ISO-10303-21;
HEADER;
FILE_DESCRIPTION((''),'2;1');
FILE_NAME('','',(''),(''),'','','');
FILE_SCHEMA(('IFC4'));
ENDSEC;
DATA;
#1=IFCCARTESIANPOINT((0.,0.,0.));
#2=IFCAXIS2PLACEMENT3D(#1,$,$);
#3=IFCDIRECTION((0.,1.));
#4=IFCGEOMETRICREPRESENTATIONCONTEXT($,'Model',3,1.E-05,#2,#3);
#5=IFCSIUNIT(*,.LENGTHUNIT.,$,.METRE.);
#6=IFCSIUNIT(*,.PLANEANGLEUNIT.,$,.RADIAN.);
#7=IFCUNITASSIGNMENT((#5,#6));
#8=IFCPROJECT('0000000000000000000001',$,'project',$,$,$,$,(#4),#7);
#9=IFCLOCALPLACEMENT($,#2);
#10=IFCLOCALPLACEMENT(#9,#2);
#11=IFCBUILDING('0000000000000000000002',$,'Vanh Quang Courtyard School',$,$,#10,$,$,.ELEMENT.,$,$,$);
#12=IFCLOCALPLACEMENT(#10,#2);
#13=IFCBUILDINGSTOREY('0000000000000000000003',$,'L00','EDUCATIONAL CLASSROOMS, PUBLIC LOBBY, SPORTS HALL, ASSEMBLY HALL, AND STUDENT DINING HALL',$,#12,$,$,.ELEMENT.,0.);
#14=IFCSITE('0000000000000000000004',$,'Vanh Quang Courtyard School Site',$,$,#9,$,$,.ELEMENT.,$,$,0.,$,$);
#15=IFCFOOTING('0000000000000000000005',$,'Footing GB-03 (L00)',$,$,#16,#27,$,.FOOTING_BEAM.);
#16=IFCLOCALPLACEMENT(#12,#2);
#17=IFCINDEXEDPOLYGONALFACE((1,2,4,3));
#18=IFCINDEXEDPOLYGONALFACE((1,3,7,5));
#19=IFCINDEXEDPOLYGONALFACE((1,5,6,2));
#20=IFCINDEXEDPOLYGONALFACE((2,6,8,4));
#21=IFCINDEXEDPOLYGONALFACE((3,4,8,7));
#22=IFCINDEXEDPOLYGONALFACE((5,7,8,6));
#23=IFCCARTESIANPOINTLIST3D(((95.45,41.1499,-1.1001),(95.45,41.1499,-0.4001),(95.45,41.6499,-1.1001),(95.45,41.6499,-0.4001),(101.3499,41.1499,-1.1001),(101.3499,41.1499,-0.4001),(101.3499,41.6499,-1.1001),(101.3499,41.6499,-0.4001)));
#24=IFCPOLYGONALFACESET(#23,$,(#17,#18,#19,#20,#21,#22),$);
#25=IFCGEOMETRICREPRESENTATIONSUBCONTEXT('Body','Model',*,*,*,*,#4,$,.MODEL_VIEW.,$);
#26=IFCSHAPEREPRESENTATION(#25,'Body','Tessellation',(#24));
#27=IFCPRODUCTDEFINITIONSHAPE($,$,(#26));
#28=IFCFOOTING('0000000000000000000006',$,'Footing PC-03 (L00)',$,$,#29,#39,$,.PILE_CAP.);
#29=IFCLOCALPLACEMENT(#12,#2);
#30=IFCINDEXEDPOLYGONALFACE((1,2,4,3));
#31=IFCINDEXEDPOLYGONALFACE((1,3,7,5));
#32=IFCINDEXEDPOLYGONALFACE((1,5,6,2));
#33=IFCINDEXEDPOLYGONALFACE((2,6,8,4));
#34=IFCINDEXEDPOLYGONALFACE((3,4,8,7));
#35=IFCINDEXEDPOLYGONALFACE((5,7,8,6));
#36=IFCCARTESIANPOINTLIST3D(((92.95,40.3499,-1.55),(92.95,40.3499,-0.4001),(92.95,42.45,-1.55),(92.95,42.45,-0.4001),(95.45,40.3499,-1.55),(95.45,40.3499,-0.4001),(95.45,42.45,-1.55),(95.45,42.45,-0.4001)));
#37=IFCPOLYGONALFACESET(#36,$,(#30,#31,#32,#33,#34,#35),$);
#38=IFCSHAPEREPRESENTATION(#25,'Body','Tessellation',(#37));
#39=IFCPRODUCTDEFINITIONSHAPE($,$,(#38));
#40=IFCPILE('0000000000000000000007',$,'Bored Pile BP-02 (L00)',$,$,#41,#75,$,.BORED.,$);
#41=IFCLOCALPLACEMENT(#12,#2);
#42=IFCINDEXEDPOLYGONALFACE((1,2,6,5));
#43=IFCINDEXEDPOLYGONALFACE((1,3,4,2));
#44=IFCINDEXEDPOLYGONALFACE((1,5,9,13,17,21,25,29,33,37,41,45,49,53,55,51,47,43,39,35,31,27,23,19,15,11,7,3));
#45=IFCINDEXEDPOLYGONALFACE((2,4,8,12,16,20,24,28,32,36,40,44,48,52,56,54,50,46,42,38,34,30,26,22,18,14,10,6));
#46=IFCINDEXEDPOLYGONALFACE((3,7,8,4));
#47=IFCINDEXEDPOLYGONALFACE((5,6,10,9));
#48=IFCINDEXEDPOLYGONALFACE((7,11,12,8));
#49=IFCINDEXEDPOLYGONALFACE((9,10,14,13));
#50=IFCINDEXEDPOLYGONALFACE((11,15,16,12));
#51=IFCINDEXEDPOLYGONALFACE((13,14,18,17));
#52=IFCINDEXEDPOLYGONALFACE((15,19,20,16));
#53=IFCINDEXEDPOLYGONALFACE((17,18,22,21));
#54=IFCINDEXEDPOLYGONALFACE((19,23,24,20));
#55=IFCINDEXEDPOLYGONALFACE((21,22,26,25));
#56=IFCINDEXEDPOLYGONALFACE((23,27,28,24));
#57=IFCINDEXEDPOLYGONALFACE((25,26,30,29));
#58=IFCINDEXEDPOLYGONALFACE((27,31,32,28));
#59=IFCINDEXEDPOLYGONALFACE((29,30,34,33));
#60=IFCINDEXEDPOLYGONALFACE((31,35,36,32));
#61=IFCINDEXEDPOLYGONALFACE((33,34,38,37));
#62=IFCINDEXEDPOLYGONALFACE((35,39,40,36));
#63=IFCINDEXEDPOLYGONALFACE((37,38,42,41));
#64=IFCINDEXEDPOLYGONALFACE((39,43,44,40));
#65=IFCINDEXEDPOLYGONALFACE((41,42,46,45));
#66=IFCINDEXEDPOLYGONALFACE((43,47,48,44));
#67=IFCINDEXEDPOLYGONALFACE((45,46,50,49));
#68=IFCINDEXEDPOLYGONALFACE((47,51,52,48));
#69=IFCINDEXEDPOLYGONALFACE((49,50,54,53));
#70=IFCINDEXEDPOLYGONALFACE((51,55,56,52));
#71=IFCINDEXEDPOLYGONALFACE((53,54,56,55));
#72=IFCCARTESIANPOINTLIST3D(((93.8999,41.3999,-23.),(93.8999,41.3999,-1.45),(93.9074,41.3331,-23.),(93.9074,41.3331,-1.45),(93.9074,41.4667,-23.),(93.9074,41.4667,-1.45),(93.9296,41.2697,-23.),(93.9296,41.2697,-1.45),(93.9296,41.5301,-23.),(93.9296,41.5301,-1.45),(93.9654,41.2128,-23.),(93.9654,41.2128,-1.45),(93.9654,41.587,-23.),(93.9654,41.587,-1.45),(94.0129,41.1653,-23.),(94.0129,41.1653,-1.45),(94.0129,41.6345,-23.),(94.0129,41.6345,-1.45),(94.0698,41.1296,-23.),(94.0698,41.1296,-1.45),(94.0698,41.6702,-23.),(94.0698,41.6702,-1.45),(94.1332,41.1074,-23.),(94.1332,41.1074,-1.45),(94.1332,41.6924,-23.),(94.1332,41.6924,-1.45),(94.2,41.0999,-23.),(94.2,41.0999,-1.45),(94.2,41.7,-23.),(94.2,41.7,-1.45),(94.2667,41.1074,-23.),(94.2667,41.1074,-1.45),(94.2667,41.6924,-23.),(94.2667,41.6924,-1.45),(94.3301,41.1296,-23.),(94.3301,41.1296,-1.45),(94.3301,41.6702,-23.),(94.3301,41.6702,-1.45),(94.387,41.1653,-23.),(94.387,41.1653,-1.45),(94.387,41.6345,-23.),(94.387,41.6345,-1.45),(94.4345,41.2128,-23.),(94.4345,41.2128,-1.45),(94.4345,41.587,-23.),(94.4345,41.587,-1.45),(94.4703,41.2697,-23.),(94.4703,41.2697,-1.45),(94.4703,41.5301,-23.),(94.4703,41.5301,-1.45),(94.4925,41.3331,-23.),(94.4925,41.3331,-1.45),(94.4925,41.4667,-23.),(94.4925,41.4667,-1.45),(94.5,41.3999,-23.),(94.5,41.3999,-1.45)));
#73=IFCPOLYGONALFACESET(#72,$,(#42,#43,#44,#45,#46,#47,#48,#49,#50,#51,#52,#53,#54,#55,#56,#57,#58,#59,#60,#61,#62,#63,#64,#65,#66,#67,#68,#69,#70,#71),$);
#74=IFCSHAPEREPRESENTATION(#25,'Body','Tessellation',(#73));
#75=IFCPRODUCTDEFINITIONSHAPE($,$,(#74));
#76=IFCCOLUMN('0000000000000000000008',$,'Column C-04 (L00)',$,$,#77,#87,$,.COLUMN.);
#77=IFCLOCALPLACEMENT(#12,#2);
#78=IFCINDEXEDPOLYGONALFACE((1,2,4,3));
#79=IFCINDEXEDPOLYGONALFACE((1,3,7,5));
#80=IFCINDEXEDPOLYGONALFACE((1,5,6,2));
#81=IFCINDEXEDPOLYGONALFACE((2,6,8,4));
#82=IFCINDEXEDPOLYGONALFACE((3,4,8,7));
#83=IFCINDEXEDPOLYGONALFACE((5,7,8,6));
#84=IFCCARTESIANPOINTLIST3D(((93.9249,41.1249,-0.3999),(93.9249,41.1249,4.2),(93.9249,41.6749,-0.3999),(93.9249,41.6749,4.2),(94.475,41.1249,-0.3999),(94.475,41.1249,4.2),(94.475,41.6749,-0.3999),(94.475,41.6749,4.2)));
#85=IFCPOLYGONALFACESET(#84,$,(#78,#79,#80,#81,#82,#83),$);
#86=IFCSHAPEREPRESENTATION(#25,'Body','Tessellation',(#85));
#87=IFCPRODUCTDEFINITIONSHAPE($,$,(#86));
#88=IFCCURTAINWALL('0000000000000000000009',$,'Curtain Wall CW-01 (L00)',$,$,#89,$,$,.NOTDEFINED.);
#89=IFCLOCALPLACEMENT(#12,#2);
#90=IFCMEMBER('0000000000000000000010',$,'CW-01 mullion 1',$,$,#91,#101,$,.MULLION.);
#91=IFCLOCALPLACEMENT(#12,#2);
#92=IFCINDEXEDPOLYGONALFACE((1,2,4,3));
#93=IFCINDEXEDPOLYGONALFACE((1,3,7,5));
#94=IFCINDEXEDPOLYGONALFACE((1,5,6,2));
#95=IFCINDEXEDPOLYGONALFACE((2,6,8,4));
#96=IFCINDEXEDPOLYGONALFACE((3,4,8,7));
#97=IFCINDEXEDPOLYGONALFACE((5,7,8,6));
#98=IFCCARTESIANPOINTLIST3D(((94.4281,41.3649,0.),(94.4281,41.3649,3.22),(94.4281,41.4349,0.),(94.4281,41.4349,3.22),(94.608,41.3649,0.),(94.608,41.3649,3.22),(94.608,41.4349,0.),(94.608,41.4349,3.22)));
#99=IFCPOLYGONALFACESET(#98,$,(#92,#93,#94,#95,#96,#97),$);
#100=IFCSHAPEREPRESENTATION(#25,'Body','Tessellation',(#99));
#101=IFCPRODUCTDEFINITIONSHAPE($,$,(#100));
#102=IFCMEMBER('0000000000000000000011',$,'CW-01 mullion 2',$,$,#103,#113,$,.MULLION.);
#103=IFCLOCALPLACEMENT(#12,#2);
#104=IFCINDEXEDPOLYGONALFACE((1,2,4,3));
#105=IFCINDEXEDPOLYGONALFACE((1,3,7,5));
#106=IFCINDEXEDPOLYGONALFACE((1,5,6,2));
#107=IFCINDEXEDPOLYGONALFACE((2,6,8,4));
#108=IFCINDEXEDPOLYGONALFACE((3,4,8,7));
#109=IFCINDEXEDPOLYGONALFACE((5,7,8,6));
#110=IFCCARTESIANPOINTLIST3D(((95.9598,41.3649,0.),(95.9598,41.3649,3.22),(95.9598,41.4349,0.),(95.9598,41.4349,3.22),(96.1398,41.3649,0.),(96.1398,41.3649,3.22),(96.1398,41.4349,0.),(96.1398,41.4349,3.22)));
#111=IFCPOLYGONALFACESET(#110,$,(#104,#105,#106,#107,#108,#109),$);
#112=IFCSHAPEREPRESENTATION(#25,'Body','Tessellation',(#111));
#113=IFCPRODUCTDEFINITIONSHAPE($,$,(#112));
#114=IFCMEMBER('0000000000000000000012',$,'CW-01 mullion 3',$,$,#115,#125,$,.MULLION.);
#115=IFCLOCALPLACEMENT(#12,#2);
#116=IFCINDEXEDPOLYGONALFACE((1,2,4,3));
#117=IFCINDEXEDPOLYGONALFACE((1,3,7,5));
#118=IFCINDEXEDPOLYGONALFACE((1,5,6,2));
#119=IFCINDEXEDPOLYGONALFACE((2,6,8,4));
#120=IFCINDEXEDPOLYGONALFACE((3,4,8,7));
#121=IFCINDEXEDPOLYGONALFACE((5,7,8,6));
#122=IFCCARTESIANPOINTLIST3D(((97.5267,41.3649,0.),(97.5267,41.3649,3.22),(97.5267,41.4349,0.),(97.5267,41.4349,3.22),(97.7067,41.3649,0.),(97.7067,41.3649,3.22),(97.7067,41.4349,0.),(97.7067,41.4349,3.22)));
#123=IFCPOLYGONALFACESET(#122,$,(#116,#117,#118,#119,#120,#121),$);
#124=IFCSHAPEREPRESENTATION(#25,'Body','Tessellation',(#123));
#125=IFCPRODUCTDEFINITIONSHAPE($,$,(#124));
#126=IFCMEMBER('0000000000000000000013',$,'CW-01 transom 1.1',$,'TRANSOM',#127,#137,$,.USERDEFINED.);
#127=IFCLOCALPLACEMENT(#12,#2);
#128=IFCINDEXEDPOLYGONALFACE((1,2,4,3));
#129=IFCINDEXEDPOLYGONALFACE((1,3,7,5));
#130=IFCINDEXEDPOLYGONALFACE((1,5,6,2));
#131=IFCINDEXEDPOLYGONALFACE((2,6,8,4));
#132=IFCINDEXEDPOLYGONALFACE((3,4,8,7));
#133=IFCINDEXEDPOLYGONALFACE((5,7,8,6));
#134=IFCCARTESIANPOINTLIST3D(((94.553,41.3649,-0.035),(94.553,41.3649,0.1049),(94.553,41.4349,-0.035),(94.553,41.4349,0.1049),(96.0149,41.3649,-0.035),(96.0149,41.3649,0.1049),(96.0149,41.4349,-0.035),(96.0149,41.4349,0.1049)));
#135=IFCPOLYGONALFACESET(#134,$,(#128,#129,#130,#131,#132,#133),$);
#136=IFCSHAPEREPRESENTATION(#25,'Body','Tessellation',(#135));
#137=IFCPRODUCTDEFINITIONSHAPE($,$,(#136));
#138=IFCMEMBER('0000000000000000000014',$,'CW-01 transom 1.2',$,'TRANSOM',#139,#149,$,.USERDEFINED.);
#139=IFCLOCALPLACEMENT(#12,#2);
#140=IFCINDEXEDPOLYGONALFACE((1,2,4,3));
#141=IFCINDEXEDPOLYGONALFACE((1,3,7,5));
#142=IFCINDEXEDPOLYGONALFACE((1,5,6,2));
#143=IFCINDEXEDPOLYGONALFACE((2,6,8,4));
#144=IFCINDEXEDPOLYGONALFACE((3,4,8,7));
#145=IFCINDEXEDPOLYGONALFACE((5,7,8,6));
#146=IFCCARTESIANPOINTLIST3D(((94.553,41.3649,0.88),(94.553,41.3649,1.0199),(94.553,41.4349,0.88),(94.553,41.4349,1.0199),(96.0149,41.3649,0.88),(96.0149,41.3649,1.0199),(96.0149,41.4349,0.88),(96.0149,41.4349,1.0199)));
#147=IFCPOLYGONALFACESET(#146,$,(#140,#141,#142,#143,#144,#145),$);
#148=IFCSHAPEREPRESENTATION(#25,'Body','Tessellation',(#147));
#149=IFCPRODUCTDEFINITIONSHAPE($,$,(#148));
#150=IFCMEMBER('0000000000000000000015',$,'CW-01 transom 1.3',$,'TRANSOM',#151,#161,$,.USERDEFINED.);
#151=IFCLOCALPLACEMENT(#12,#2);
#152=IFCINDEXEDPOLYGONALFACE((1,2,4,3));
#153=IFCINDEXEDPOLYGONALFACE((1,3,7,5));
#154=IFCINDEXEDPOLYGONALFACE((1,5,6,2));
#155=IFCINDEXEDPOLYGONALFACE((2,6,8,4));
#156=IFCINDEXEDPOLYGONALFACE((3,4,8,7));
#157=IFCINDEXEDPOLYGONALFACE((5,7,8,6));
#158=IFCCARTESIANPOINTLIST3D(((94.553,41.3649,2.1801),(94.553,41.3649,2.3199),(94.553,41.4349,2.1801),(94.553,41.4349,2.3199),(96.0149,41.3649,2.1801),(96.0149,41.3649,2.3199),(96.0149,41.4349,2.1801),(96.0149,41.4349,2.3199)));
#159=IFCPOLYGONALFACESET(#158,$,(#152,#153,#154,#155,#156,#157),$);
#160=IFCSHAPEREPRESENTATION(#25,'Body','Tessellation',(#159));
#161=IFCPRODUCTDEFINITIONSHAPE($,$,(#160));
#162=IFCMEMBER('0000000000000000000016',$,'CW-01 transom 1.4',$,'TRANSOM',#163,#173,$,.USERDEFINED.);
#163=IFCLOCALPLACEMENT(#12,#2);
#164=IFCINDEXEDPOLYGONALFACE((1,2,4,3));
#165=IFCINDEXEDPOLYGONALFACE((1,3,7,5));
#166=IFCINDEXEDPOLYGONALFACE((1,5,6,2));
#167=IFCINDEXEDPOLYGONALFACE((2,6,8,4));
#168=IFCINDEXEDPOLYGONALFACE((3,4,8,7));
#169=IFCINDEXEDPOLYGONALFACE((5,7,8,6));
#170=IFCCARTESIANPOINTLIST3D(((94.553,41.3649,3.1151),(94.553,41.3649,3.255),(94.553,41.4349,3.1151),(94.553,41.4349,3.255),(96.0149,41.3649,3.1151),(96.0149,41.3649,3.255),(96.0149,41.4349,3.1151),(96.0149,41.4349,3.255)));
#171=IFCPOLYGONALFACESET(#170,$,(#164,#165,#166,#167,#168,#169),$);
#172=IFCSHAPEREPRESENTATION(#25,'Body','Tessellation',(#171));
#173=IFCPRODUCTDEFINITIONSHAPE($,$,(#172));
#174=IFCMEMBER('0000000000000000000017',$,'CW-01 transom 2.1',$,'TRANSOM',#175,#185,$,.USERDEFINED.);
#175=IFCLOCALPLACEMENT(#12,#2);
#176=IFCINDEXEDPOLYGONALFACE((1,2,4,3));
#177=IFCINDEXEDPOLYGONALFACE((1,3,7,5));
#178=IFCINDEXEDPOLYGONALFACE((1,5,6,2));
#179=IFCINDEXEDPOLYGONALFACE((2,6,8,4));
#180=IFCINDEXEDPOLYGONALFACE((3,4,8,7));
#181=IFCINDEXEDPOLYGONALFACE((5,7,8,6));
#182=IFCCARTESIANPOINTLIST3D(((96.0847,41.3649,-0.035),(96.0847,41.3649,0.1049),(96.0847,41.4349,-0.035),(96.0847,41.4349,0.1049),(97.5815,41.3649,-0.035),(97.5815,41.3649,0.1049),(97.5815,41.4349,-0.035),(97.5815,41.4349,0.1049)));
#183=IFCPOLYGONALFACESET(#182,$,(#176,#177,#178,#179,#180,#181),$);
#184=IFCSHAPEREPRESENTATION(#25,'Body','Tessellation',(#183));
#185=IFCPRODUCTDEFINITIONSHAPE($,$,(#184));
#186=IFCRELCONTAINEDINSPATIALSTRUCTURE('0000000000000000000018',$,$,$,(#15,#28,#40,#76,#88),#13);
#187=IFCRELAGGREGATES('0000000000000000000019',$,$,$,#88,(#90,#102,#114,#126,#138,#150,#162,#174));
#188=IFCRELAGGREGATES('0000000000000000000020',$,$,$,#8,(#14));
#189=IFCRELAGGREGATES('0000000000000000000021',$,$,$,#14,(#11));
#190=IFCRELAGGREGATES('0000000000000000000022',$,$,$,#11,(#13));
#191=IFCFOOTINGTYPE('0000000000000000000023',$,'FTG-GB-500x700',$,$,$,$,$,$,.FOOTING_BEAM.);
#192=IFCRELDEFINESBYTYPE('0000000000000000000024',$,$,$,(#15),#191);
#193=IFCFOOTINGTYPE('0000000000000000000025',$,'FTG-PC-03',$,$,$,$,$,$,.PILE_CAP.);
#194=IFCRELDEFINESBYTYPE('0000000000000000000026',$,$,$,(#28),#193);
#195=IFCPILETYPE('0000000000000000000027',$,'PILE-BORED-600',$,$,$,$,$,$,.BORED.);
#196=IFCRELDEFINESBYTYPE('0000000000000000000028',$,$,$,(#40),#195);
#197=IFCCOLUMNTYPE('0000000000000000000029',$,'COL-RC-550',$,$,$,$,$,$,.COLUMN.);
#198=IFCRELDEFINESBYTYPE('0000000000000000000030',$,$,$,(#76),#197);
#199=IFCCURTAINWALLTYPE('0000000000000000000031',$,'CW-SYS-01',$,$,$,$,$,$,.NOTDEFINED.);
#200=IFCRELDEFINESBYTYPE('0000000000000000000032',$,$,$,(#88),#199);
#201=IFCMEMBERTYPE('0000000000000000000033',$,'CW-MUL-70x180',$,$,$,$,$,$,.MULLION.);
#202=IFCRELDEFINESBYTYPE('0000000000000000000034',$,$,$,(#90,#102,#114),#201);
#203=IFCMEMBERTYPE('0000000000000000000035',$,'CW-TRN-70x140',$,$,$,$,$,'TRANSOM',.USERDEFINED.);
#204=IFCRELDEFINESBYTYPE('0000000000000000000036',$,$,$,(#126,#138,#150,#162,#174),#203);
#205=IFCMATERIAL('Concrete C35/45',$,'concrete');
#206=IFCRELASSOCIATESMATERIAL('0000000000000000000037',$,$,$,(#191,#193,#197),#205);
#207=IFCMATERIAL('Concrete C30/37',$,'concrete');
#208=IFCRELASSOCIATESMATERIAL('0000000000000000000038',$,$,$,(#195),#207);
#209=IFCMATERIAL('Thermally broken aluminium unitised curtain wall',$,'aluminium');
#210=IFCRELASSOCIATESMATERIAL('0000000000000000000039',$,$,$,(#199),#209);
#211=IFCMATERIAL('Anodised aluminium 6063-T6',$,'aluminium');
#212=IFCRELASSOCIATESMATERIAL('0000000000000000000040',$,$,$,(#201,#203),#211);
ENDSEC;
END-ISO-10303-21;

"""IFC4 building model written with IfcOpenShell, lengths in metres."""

from ifc_helpers import new_model, si_unit, direction, frame, origin, origin_2d, place, context, subcontext, project, spatial, rectangle, circle, extrude, material, material_profile, profile_set, type_object, element, aggregate, save


model = new_model("IFC4")

# Units and contexts
model_context = context("Model", 3, precision=1e-05, world=origin(), true_north=direction((0.0, 1.0)))
body_context = subcontext(model_context, "Body", "Model", "MODEL_VIEW")
ifc_project = project(units=[si_unit("LENGTHUNIT", "METRE"), si_unit("PLANEANGLEUNIT", "RADIAN")], contexts=[model_context])

# Site, building, storey
site_placement = place(None, origin())
site = spatial("IfcSite", under=ifc_project, at=site_placement, Name="Vanh Quang Courtyard School Site", CompositionType="ELEMENT", RefElevation=0.0)
building_placement = place(site_placement, origin())
building = spatial("IfcBuilding", under=site, at=building_placement, Name="Vanh Quang Courtyard School", CompositionType="ELEMENT")
storey_placement = place(building_placement, origin())
storey = spatial("IfcBuildingStorey", under=building, at=storey_placement, Name="L00", Description="EDUCATIONAL CLASSROOMS, PUBLIC LOBBY, SPORTS HALL, ASSEMBLY HALL, AND STUDENT DINING HALL", CompositionType="ELEMENT", Elevation=0.0)

# Footings
ifc_material_1 = material(Name="Concrete C35/45", Category="concrete")
footing_type_1 = type_object("IfcFootingType", Name="FTG-GB-500x700", PredefinedType="FOOTING_BEAM", material=ifc_material_1)
footing_1_placement = place(storey_placement, frame((98.3999, 41.3999, -1.1001), z_axis=(0.0, 0.0, 1.0), x_axis=(1.0, 0.0, 0.0)))
element("IfcFooting", 1, at=footing_1_placement, inside=storey, type_object=footing_type_1, Name="Footing GB-03 (L00)", PredefinedType="FOOTING_BEAM", context=body_context, shape_type="SweptSolid", body=[
    extrude(rectangle(XDim=5.8999, YDim=0.5, at=origin_2d()), origin(), (0.0, 0.0, 1.0), 0.7),
])
footing_type_2 = type_object("IfcFootingType", Name="FTG-PC-03", PredefinedType="PILE_CAP", material=ifc_material_1)
footing_2_placement = place(storey_placement, frame((94.2, 41.3999, -1.55), z_axis=(0.0, 0.0, 1.0), x_axis=(1.0, 0.0, 0.0)))
element("IfcFooting", 2, at=footing_2_placement, inside=storey, type_object=footing_type_2, Name="Footing PC-03 (L00)", PredefinedType="PILE_CAP", context=body_context, shape_type="SweptSolid", body=[
    extrude(rectangle(XDim=2.5, YDim=2.1001, at=origin_2d()), origin(), (0.0, 0.0, 1.0), 1.1499),
])

# Pile
ifc_material_2 = material(Name="Concrete C30/37", Category="concrete")
ifc_material_profile_1 = material_profile(ifc_material_2, circle(Radius=0.3, at=origin_2d()), Name="PILE D600")
ifc_profile_set_1 = profile_set([ifc_material_profile_1], Name="Concrete C30/37")
pile_type = type_object("IfcPileType", Name="PILE-BORED-600", PredefinedType="BORED", material=ifc_profile_set_1)
pile_placement = place(storey_placement, frame((94.2, 41.3999, -1.45), z_axis=(0.0, 0.0, -1.0), x_axis=(1.0, 0.0, 0.0)))
element("IfcPile", 3, at=pile_placement, inside=storey, type_object=pile_type, Name="Bored Pile BP-02 (L00)", PredefinedType="BORED", context=body_context, shape_type="SweptSolid", body=[
    extrude(circle(Radius=0.3, at=origin_2d()), origin(), (0.0, 0.0, 1.0), 21.55),
])

# Column
ifc_material_profile_2 = material_profile(ifc_material_1, rectangle(XDim=0.55, YDim=0.55, at=origin_2d()), Name="RC-COL 550x550")
ifc_profile_set_2 = profile_set([ifc_material_profile_2], Name="Concrete C35/45")
column_type = type_object("IfcColumnType", Name="COL-RC-550", PredefinedType="COLUMN", material=ifc_profile_set_2)
column_placement = place(storey_placement, frame((94.2, 41.3999, -0.3999), z_axis=(0.0, 0.0, 1.0), x_axis=(1.0, 0.0, 0.0)))
element("IfcColumn", 4, at=column_placement, inside=storey, type_object=column_type, Name="Column C-04 (L00)", PredefinedType="COLUMN", context=body_context, shape_type="SweptSolid", body=[
    extrude(rectangle(XDim=0.55, YDim=0.55, at=origin_2d()), origin(), (0.0, 0.0, 1.0), 4.5999),
])

# Curtain wall, members
ifc_material_3 = material(Name="Thermally broken aluminium unitised curtain wall", Category="aluminium")
curtain_wall_type = type_object("IfcCurtainWallType", Name="CW-SYS-01", PredefinedType="NOTDEFINED", material=ifc_material_3)
curtain_wall_placement = place(storey_placement, origin())
curtain_wall = element("IfcCurtainWall", 5, at=curtain_wall_placement, inside=storey, type_object=curtain_wall_type, Name="Curtain Wall CW-01 (L00)", PredefinedType="NOTDEFINED")
ifc_material_4 = material(Name="Anodised aluminium 6063-T6", Category="aluminium")
ifc_material_profile_3 = material_profile(ifc_material_4, rectangle(XDim=0.0701, YDim=0.1799, at=origin_2d()), Name="ALU-MUL 70x180")
ifc_profile_set_3 = profile_set([ifc_material_profile_3], Name="Anodised aluminium 6063-T6")
member_type_1 = type_object("IfcMemberType", Name="CW-MUL-70x180", PredefinedType="MULLION", material=ifc_profile_set_3)
member_1_placement = place(storey_placement, frame((94.5181, 41.3999, 0.0), z_axis=(0.0, 0.0, 1.0), x_axis=(0.0, 1.0, 0.0)))
member_1 = element("IfcMember", 6, at=member_1_placement, type_object=member_type_1, Name="CW-01 mullion 1", PredefinedType="MULLION", context=body_context, shape_type="SweptSolid", body=[
    extrude(rectangle(XDim=0.0701, YDim=0.1799, at=origin_2d()), origin(), (0.0, 0.0, 1.0), 3.22),
])
member_2_placement = place(storey_placement, frame((96.0498, 41.3999, 0.0), z_axis=(0.0, 0.0, 1.0), x_axis=(0.0, 1.0, 0.0)))
member_2 = element("IfcMember", 7, at=member_2_placement, type_object=member_type_1, Name="CW-01 mullion 2", PredefinedType="MULLION", context=body_context, shape_type="SweptSolid", body=[
    extrude(rectangle(XDim=0.0701, YDim=0.1799, at=origin_2d()), origin(), (0.0, 0.0, 1.0), 3.22),
])
member_3_placement = place(storey_placement, frame((97.6167, 41.3999, 0.0), z_axis=(0.0, 0.0, 1.0), x_axis=(0.0, 1.0, 0.0)))
member_3 = element("IfcMember", 8, at=member_3_placement, type_object=member_type_1, Name="CW-01 mullion 3", PredefinedType="MULLION", context=body_context, shape_type="SweptSolid", body=[
    extrude(rectangle(XDim=0.0701, YDim=0.1799, at=origin_2d()), origin(), (0.0, 0.0, 1.0), 3.22),
])
ifc_material_profile_4 = material_profile(ifc_material_4, rectangle(XDim=0.0701, YDim=0.1399, at=origin_2d()), Name="ALU-TRN 70x140")
ifc_profile_set_4 = profile_set([ifc_material_profile_4], Name="Anodised aluminium 6063-T6")
member_type_2 = type_object("IfcMemberType", Name="CW-TRN-70x140", ElementType="TRANSOM", PredefinedType="USERDEFINED", material=ifc_profile_set_4)
member_4_placement = place(storey_placement, frame((94.553, 41.3999, 0.0349), z_axis=(1.0, 0.0, 0.0), x_axis=(0.0, 1.0, 0.0)))
member_4 = element("IfcMember", 9, at=member_4_placement, type_object=member_type_2, Name="CW-01 transom 1.1", ObjectType="TRANSOM", PredefinedType="USERDEFINED", context=body_context, shape_type="SweptSolid", body=[
    extrude(rectangle(XDim=0.0701, YDim=0.1399, at=origin_2d()), origin(), (0.0, 0.0, 1.0), 1.4619),
])
member_5_placement = place(storey_placement, frame((94.553, 41.3999, 0.95), z_axis=(1.0, 0.0, 0.0), x_axis=(0.0, 1.0, 0.0)))
member_5 = element("IfcMember", 10, at=member_5_placement, type_object=member_type_2, Name="CW-01 transom 1.2", ObjectType="TRANSOM", PredefinedType="USERDEFINED", context=body_context, shape_type="SweptSolid", body=[
    extrude(rectangle(XDim=0.0701, YDim=0.1399, at=origin_2d()), origin(), (0.0, 0.0, 1.0), 1.4619),
])
member_6_placement = place(storey_placement, frame((94.553, 41.3999, 2.25), z_axis=(1.0, 0.0, 0.0), x_axis=(0.0, 1.0, 0.0)))
member_6 = element("IfcMember", 11, at=member_6_placement, type_object=member_type_2, Name="CW-01 transom 1.3", ObjectType="TRANSOM", PredefinedType="USERDEFINED", context=body_context, shape_type="SweptSolid", body=[
    extrude(rectangle(XDim=0.0701, YDim=0.1399, at=origin_2d()), origin(), (0.0, 0.0, 1.0), 1.4619),
])
member_7_placement = place(storey_placement, frame((94.553, 41.3999, 3.1851), z_axis=(1.0, 0.0, 0.0), x_axis=(0.0, 1.0, 0.0)))
member_7 = element("IfcMember", 12, at=member_7_placement, type_object=member_type_2, Name="CW-01 transom 1.4", ObjectType="TRANSOM", PredefinedType="USERDEFINED", context=body_context, shape_type="SweptSolid", body=[
    extrude(rectangle(XDim=0.0701, YDim=0.1399, at=origin_2d()), origin(), (0.0, 0.0, 1.0), 1.4619),
])
member_8_placement = place(storey_placement, frame((96.0847, 41.3999, 0.0349), z_axis=(1.0, 0.0, 0.0), x_axis=(0.0, 1.0, 0.0)))
member_8 = element("IfcMember", 13, at=member_8_placement, type_object=member_type_2, Name="CW-01 transom 2.1", ObjectType="TRANSOM", PredefinedType="USERDEFINED", context=body_context, shape_type="SweptSolid", body=[
    extrude(rectangle(XDim=0.0701, YDim=0.1399, at=origin_2d()), origin(), (0.0, 0.0, 1.0), 1.4968),
])
aggregate(curtain_wall, [member_1, member_2, member_3, member_4, member_5, member_6, member_7, member_8])

save(model, "model.ifc")
